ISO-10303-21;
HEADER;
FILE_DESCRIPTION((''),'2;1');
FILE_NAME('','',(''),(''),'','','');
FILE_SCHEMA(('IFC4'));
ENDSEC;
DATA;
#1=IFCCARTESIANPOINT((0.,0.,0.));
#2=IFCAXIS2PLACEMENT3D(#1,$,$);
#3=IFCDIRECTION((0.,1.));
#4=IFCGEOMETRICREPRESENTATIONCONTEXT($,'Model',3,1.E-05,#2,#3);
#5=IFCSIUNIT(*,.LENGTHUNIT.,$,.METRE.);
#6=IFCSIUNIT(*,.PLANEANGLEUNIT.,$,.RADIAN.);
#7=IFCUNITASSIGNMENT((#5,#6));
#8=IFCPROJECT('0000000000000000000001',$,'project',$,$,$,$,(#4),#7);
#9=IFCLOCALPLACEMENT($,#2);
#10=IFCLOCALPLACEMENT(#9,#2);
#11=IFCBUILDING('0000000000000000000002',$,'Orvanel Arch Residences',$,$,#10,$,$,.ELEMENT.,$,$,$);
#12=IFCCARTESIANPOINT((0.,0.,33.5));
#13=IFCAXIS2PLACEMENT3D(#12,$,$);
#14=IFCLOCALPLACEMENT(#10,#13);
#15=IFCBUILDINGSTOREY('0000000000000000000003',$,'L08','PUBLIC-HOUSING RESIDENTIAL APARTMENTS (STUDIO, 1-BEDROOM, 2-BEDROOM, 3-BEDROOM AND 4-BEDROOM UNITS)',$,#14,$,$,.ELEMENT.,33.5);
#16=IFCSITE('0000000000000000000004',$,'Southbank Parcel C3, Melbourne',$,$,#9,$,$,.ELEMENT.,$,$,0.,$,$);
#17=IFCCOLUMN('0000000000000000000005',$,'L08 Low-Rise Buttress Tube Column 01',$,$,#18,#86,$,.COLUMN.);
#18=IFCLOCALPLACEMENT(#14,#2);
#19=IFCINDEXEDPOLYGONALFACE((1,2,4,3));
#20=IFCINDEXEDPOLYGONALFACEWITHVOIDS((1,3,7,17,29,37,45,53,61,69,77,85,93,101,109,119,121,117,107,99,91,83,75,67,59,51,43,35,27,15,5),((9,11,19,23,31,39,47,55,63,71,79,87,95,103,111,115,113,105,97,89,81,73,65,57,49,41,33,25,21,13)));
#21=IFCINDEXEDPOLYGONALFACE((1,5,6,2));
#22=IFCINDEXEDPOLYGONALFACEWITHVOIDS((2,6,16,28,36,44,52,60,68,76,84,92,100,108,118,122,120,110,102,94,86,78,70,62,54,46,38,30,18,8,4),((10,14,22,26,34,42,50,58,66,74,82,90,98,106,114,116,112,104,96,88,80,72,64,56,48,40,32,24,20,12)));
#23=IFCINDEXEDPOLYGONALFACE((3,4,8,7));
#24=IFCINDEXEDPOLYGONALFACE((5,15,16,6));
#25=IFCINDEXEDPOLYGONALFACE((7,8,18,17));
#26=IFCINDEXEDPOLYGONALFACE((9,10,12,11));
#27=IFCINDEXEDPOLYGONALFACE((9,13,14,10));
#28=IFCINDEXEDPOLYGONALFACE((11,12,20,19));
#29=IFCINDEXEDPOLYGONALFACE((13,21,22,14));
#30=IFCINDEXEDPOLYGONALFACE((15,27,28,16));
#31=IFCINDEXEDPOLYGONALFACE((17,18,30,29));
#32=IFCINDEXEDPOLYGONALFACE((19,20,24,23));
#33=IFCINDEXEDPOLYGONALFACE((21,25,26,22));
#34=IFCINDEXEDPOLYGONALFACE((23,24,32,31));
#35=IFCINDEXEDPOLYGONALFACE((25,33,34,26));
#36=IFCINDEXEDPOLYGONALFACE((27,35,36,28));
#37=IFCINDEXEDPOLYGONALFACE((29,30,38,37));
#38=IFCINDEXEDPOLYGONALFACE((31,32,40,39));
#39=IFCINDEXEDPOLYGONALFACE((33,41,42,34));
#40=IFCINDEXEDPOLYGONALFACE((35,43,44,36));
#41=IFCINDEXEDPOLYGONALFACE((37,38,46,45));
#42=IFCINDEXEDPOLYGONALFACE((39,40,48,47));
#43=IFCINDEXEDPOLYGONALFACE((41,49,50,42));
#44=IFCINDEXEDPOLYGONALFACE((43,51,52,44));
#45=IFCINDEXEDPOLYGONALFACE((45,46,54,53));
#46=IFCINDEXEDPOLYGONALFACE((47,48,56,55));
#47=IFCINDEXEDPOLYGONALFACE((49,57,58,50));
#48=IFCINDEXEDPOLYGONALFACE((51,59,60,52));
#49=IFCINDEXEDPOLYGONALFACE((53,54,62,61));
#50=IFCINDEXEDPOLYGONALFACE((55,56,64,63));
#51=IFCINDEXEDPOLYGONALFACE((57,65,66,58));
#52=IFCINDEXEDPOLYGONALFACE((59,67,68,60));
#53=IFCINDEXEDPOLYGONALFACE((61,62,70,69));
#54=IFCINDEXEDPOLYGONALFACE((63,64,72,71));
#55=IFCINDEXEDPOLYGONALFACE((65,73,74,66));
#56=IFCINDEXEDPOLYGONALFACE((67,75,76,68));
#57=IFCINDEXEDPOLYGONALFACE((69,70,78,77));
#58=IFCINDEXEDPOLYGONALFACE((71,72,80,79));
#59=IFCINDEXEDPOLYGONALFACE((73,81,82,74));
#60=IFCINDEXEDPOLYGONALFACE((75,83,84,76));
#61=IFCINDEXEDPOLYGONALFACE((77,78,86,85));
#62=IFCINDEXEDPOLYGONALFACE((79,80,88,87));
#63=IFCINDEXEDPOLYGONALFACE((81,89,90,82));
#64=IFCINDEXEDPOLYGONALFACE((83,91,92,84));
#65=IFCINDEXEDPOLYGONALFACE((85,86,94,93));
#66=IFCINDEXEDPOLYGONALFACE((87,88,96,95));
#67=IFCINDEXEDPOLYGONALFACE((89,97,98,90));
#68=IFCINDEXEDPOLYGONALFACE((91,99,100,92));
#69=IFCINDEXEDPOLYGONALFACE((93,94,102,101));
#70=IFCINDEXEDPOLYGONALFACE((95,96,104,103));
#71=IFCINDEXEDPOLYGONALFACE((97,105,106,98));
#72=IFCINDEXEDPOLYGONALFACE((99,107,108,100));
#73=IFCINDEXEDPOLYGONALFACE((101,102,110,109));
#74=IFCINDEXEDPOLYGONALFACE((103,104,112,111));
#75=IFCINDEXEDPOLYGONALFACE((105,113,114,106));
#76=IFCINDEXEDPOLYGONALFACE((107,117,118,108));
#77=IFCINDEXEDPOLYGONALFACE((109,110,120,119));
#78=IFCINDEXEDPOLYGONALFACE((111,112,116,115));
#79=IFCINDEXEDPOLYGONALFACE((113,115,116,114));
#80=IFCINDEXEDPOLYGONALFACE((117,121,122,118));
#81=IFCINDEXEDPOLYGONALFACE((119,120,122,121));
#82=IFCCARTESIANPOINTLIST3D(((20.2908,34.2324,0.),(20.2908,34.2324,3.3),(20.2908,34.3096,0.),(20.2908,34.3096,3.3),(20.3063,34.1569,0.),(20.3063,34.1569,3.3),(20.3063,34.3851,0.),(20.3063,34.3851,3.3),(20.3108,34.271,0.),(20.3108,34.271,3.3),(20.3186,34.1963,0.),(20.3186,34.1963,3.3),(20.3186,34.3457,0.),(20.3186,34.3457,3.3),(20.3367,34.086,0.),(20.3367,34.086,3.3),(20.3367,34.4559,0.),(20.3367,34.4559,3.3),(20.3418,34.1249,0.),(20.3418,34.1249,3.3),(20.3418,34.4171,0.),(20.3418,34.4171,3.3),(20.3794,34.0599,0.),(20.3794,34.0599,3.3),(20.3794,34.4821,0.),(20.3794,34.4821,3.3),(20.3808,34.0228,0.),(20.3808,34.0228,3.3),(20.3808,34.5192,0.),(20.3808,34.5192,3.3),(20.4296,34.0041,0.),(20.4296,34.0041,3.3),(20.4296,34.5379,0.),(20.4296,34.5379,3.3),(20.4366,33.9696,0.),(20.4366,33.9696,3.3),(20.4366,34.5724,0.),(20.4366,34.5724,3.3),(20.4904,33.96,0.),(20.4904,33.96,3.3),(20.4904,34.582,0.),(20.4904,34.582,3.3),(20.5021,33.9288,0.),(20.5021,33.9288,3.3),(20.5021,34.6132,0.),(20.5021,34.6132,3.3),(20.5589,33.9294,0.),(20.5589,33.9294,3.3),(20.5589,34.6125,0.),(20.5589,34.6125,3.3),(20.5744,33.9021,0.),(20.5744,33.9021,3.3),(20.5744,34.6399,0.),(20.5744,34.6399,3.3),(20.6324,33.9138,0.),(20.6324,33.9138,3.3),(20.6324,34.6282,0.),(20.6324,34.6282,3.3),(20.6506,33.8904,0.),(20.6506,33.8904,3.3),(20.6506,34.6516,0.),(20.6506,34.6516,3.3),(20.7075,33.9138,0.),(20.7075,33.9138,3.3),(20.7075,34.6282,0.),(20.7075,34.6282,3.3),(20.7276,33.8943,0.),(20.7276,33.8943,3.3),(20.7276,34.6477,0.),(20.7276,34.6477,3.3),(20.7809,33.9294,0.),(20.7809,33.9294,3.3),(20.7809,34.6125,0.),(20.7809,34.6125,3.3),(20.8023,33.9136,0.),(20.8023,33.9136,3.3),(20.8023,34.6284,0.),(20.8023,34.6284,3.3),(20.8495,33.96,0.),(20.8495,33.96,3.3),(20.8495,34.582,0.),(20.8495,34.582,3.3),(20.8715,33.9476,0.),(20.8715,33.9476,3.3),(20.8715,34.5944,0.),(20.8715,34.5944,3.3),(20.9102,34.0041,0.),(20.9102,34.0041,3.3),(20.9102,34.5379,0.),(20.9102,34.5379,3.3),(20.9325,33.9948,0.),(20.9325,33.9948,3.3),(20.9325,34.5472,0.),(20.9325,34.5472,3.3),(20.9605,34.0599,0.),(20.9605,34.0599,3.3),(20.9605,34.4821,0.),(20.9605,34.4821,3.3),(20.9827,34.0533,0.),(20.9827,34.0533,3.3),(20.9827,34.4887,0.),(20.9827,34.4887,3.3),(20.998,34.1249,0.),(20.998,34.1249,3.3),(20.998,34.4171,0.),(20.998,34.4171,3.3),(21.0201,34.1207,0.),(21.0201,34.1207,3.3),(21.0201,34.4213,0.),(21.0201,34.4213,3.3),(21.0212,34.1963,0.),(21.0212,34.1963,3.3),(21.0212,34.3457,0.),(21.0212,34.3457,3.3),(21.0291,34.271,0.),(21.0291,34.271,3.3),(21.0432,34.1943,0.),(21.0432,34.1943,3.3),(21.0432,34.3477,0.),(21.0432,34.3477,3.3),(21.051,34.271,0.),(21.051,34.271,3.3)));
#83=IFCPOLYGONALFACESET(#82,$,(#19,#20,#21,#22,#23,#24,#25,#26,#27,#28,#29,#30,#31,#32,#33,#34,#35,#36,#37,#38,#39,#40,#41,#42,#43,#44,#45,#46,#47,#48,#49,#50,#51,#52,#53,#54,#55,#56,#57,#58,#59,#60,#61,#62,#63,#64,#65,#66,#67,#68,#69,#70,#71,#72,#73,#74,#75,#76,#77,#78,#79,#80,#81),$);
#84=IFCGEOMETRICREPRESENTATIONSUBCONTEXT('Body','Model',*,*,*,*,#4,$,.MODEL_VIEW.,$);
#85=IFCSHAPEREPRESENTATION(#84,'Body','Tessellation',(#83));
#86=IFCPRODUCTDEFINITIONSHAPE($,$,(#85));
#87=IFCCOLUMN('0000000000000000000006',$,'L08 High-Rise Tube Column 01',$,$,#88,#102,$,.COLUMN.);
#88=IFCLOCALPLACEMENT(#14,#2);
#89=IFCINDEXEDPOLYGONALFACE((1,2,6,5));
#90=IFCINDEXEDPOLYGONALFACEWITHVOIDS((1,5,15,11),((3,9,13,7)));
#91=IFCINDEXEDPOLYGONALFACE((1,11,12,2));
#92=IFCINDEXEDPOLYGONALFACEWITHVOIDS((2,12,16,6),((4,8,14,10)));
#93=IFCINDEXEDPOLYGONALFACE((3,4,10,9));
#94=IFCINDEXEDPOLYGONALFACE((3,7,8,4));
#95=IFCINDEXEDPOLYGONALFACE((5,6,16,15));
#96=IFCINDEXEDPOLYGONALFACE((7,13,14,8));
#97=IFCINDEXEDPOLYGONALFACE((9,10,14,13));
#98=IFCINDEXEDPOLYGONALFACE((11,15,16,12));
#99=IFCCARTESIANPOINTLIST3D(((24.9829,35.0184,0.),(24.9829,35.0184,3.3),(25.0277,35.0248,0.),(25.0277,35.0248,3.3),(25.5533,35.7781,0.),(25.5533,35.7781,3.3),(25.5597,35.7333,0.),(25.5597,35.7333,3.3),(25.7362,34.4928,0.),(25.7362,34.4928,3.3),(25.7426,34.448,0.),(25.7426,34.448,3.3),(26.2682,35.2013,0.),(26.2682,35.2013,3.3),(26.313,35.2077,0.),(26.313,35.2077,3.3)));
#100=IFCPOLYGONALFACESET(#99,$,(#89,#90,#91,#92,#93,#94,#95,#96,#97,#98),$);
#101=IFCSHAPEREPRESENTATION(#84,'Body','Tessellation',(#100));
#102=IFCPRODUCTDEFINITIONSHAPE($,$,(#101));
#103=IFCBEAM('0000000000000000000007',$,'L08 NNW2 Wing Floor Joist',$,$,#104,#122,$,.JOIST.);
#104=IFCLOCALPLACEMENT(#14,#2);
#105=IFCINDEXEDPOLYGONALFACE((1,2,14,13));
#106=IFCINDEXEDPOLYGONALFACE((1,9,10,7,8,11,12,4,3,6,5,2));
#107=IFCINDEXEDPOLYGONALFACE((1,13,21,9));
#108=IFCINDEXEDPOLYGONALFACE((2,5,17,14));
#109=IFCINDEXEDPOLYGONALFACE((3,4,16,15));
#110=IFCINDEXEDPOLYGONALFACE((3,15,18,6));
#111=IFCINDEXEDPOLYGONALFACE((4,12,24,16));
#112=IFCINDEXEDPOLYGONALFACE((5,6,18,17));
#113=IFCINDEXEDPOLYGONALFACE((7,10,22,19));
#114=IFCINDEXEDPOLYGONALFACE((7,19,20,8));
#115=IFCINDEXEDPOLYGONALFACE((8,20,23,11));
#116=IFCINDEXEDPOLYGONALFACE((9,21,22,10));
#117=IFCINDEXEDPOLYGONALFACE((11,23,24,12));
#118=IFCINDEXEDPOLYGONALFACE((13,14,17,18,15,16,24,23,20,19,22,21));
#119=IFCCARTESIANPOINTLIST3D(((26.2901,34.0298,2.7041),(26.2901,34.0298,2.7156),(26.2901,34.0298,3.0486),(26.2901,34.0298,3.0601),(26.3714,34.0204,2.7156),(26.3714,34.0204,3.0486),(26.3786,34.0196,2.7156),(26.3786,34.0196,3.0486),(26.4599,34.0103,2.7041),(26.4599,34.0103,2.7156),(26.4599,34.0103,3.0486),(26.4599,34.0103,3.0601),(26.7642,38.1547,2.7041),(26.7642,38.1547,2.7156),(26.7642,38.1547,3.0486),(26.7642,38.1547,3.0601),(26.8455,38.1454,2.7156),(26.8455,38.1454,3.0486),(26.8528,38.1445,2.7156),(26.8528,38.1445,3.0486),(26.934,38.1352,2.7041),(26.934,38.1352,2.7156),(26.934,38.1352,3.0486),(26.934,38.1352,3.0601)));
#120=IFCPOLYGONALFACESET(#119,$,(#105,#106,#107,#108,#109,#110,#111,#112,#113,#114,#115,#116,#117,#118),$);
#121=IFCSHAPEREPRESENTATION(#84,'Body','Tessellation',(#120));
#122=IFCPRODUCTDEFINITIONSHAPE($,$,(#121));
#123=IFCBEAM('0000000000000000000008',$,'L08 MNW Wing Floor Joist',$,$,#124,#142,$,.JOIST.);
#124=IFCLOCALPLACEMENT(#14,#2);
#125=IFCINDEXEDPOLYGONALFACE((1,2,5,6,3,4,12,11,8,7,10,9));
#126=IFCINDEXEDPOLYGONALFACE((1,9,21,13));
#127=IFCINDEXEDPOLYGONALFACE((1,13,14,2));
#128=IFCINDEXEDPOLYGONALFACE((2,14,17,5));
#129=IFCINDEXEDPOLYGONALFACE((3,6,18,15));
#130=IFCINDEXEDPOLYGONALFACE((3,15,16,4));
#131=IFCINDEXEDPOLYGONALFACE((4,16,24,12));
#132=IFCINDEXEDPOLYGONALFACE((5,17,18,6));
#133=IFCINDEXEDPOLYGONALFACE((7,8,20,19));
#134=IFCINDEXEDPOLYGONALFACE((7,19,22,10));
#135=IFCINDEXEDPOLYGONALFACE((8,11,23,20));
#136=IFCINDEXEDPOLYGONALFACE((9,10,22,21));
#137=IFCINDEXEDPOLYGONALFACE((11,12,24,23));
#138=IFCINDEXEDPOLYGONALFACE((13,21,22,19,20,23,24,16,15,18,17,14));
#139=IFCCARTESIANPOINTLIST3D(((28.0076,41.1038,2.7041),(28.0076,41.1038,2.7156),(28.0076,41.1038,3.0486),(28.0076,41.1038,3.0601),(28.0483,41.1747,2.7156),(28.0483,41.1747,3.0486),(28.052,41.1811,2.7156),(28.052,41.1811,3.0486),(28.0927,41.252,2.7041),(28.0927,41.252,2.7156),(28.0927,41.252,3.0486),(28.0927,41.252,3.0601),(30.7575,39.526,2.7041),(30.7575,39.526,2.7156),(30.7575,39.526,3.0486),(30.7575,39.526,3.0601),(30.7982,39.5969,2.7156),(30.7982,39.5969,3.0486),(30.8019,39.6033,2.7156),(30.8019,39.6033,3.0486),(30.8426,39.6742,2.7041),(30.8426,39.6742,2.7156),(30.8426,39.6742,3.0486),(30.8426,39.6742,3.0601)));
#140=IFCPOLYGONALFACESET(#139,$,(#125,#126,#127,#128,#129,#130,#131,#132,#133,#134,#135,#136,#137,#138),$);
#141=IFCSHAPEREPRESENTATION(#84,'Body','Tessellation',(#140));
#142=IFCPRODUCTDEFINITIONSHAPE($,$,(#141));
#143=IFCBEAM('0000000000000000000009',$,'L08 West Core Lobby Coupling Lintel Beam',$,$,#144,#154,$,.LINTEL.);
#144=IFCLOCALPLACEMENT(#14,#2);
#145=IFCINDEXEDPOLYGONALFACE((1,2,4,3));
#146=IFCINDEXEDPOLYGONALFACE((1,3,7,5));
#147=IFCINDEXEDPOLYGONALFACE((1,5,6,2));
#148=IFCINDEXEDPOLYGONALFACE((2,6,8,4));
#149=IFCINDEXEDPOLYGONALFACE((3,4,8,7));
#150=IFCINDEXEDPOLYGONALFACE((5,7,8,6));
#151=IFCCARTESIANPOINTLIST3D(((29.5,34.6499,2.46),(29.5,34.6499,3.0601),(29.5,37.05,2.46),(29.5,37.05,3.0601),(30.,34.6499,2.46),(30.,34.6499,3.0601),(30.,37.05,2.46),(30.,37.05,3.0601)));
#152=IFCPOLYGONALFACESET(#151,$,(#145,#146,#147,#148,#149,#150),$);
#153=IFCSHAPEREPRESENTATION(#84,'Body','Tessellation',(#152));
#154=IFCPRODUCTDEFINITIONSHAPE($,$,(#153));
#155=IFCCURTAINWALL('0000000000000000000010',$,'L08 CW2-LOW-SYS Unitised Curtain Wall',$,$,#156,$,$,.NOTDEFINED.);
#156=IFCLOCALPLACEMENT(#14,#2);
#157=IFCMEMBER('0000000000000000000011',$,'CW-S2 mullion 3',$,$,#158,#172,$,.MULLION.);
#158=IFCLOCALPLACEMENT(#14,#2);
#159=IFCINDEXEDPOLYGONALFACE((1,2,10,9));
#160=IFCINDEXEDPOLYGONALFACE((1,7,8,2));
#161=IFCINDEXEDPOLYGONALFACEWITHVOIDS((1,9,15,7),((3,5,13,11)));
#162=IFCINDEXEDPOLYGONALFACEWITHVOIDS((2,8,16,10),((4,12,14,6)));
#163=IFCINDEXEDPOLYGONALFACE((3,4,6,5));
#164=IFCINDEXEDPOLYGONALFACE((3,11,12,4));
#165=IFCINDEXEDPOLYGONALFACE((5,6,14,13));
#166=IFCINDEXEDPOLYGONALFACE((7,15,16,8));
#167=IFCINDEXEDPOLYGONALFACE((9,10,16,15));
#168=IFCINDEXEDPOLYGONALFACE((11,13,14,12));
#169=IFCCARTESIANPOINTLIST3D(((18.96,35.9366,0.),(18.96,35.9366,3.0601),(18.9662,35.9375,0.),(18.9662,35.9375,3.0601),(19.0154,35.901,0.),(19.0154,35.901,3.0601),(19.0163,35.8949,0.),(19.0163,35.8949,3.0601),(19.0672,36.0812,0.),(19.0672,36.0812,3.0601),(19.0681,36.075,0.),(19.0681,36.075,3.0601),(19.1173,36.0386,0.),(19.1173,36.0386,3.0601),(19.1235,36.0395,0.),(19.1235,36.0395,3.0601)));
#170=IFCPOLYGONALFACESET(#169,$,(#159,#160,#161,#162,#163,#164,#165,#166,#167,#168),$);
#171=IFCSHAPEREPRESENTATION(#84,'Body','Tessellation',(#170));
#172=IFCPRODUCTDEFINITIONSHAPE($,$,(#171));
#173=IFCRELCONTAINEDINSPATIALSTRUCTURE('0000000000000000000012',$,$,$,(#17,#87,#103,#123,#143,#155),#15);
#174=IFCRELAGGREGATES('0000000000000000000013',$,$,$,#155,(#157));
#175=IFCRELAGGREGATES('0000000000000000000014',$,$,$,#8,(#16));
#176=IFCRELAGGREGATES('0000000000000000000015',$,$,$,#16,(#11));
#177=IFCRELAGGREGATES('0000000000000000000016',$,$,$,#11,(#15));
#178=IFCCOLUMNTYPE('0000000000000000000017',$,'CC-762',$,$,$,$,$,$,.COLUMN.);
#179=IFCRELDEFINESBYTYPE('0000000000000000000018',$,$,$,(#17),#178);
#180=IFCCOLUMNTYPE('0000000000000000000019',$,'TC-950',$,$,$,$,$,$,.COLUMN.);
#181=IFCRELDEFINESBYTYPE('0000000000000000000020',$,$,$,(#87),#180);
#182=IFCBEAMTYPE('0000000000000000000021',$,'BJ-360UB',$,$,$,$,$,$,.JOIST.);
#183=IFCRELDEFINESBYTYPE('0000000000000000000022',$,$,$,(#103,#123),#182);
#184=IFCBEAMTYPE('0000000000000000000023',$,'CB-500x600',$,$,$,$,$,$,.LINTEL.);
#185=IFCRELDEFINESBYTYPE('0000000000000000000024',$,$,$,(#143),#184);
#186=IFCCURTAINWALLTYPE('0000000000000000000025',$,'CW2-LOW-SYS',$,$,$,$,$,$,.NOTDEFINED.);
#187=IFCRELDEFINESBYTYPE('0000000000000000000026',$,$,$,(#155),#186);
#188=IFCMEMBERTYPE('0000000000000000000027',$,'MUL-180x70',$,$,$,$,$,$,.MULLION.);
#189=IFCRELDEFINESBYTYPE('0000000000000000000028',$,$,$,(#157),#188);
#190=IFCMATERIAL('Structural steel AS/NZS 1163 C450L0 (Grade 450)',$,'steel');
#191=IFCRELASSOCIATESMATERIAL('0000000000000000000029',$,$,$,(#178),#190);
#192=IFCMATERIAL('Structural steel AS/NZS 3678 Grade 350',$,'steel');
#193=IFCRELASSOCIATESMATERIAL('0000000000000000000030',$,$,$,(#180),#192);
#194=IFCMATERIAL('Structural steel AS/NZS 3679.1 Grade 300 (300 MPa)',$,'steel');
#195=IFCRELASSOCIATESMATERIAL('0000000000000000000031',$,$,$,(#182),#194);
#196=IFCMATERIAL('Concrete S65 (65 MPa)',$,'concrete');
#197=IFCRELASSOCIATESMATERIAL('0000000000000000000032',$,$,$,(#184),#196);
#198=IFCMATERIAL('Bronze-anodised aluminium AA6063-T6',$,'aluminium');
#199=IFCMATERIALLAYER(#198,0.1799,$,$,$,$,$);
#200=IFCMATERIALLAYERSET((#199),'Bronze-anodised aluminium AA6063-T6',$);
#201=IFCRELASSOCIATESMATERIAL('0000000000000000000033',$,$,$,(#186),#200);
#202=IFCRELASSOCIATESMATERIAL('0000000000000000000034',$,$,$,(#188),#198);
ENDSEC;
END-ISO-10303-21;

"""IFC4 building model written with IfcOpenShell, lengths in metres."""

from ifc_helpers import new_model, si_unit, direction, frame, origin, origin_2d, place, context, subcontext, project, spatial, rectangle, hollow_rectangle, hollow_circle, i_section, extrude, material, layer, layer_set, material_profile, profile_set, type_object, element, aggregate, save


model = new_model("IFC4")

# Units and contexts
model_context = context("Model", 3, precision=1e-05, world=origin(), true_north=direction((0.0, 1.0)))
body_context = subcontext(model_context, "Body", "Model", "MODEL_VIEW")
ifc_project = project(units=[si_unit("LENGTHUNIT", "METRE"), si_unit("PLANEANGLEUNIT", "RADIAN")], contexts=[model_context])

# Site, building, storey
site_placement = place(None, origin())
site = spatial("IfcSite", under=ifc_project, at=site_placement, Name="Southbank Parcel C3, Melbourne", CompositionType="ELEMENT", RefElevation=0.0)
building_placement = place(site_placement, origin())
building = spatial("IfcBuilding", under=site, at=building_placement, Name="Orvanel Arch Residences", CompositionType="ELEMENT")
storey_placement = place(building_placement, frame((0.0, 0.0, 33.5)))
storey = spatial("IfcBuildingStorey", under=building, at=storey_placement, Name="L08", Description="PUBLIC-HOUSING RESIDENTIAL APARTMENTS (STUDIO, 1-BEDROOM, 2-BEDROOM, 3-BEDROOM AND 4-BEDROOM UNITS)", CompositionType="ELEMENT", Elevation=33.5)

# Columns
ifc_material_1 = material(Name="Structural steel AS/NZS 1163 C450L0 (Grade 450)", Category="steel")
ifc_material_profile_1 = material_profile(ifc_material_1, hollow_circle(Radius=0.3811, WallThickness=0.022, at=origin_2d()), Name="CHS762x22")
ifc_profile_set_1 = profile_set([ifc_material_profile_1], Name="Structural steel AS/NZS 1163 C450L0 (Grade 450)")
column_type_1 = type_object("IfcColumnType", Name="CC-762", PredefinedType="COLUMN", material=ifc_profile_set_1)
column_1_placement = place(storey_placement, frame((20.6699, 34.271, 0.0), z_axis=(0.0, 0.0, 1.0), x_axis=(1.0, 0.0, 0.0)))
element("IfcColumn", 1, at=column_1_placement, inside=storey, type_object=column_type_1, Name="L08 Low-Rise Buttress Tube Column 01", PredefinedType="COLUMN", context=body_context, shape_type="SweptSolid", body=[
    extrude(hollow_circle(Radius=0.3811, WallThickness=0.022, at=origin_2d()), origin(), (0.0, 0.0, 1.0), 3.3),
])
ifc_material_2 = material(Name="Structural steel AS/NZS 3678 Grade 350", Category="steel")
ifc_material_profile_2 = material_profile(ifc_material_2, hollow_rectangle(XDim=0.95, YDim=0.95, WallThickness=0.032, at=origin_2d()), Name="BOX950x950x32")
ifc_profile_set_2 = profile_set([ifc_material_profile_2], Name="Structural steel AS/NZS 3678 Grade 350")
column_type_2 = type_object("IfcColumnType", Name="TC-950", PredefinedType="COLUMN", material=ifc_profile_set_2)
column_2_placement = place(storey_placement, frame((25.6479, 35.113, 0.0), z_axis=(0.0, 0.0, 1.0), x_axis=(0.60042, 0.799685, 0.0)))
element("IfcColumn", 2, at=column_2_placement, inside=storey, type_object=column_type_2, Name="L08 High-Rise Tube Column 01", PredefinedType="COLUMN", context=body_context, shape_type="SweptSolid", body=[
    extrude(hollow_rectangle(XDim=0.95, YDim=0.95, WallThickness=0.032, at=origin_2d()), origin(), (0.0, 0.0, 1.0), 3.3),
])

# Beams
ifc_material_3 = material(Name="Structural steel AS/NZS 3679.1 Grade 300 (300 MPa)", Category="steel")
ifc_material_profile_3 = material_profile(ifc_material_3, i_section(OverallWidth=0.1709, OverallDepth=0.356, WebThickness=0.0073, FlangeThickness=0.0115, at=origin_2d()), Name="360UB50.7")
ifc_profile_set_3 = profile_set([ifc_material_profile_3], Name="Structural steel AS/NZS 3679.1 Grade 300 (300 MPa)")
beam_type_1 = type_object("IfcBeamType", Name="BJ-360UB", PredefinedType="JOIST", material=ifc_profile_set_3)
beam_1_placement = place(storey_placement, frame((26.375, 34.02, 2.8821), z_axis=(0.114187, 0.993459, 0.0), x_axis=(-0.993459, 0.114187, 0.0)))
element("IfcBeam", 3, at=beam_1_placement, inside=storey, type_object=beam_type_1, Name="L08 NNW2 Wing Floor Joist", PredefinedType="JOIST", context=body_context, shape_type="SweptSolid", body=[
    extrude(i_section(OverallWidth=0.1709, OverallDepth=0.356, WebThickness=0.0073, FlangeThickness=0.0115, at=origin_2d()), origin(), (0.0, 0.0, 1.0), 4.1521),
])
beam_2_placement = place(storey_placement, frame((30.8, 39.6001, 2.8821), z_axis=(-0.867365, 0.497672, 0.0), x_axis=(-0.497672, -0.867365, 0.0)))
element("IfcBeam", 4, at=beam_2_placement, inside=storey, type_object=beam_type_1, Name="L08 MNW Wing Floor Joist", PredefinedType="JOIST", context=body_context, shape_type="SweptSolid", body=[
    extrude(i_section(OverallWidth=0.1709, OverallDepth=0.356, WebThickness=0.0073, FlangeThickness=0.0115, at=origin_2d()), origin(), (0.0, 0.0, 1.0), 3.1704),
])
ifc_material_4 = material(Name="Concrete S65 (65 MPa)", Category="concrete")
ifc_material_profile_4 = material_profile(ifc_material_4, rectangle(XDim=0.5, YDim=0.6001, at=origin_2d()), Name="RC500x600")
ifc_profile_set_4 = profile_set([ifc_material_profile_4], Name="Concrete S65 (65 MPa)")
beam_type_2 = type_object("IfcBeamType", Name="CB-500x600", PredefinedType="LINTEL", material=ifc_profile_set_4)
beam_3_placement = place(storey_placement, frame((29.75, 34.6499, 2.76), z_axis=(0.0, 1.0, 0.0), x_axis=(-1.0, 0.0, 0.0)))
element("IfcBeam", 5, at=beam_3_placement, inside=storey, type_object=beam_type_2, Name="L08 West Core Lobby Coupling Lintel Beam", PredefinedType="LINTEL", context=body_context, shape_type="SweptSolid", body=[
    extrude(rectangle(XDim=0.5, YDim=0.6001, at=origin_2d()), origin(), (0.0, 0.0, 1.0), 2.4001),
])

# Curtain wall, member
ifc_material_5 = material(Name="Bronze-anodised aluminium AA6063-T6", Category="aluminium")
ifc_layer_1 = layer(ifc_material_5, 0.1799)
ifc_layer_set_1 = layer_set([ifc_layer_1], Name="Bronze-anodised aluminium AA6063-T6")
curtain_wall_type = type_object("IfcCurtainWallType", Name="CW2-LOW-SYS", PredefinedType="NOTDEFINED", material=ifc_layer_set_1)
curtain_wall_placement = place(storey_placement, origin())
curtain_wall = element("IfcCurtainWall", 6, at=curtain_wall_placement, inside=storey, type_object=curtain_wall_type, Name="L08 CW2-LOW-SYS Unitised Curtain Wall", PredefinedType="NOTDEFINED")
ifc_material_profile_5 = material_profile(ifc_material_5, hollow_rectangle(XDim=0.0701, YDim=0.1799, WallThickness=0.0044, at=origin_2d()), Name="ALU180x70x4.5")
ifc_profile_set_5 = profile_set([ifc_material_profile_5], Name="Bronze-anodised aluminium AA6063-T6")
member_type_1 = type_object("IfcMemberType", Name="MUL-180x70", PredefinedType="MULLION", material=ifc_profile_set_5)
member_1_placement = place(storey_placement, frame((19.0417, 35.988, 0.0), z_axis=(0.0, 0.0, 1.0), x_axis=(0.803472, -0.595342, 0.0)))
member_1 = element("IfcMember", 7, at=member_1_placement, type_object=member_type_1, Name="CW-S2 mullion 3", PredefinedType="MULLION", context=body_context, shape_type="SweptSolid", body=[
    extrude(hollow_rectangle(XDim=0.0701, YDim=0.1799, WallThickness=0.0044, at=origin_2d()), origin(), (0.0, 0.0, 1.0), 3.0601),
])

aggregate(curtain_wall, [member_1])

save(model, "model.ifc")
